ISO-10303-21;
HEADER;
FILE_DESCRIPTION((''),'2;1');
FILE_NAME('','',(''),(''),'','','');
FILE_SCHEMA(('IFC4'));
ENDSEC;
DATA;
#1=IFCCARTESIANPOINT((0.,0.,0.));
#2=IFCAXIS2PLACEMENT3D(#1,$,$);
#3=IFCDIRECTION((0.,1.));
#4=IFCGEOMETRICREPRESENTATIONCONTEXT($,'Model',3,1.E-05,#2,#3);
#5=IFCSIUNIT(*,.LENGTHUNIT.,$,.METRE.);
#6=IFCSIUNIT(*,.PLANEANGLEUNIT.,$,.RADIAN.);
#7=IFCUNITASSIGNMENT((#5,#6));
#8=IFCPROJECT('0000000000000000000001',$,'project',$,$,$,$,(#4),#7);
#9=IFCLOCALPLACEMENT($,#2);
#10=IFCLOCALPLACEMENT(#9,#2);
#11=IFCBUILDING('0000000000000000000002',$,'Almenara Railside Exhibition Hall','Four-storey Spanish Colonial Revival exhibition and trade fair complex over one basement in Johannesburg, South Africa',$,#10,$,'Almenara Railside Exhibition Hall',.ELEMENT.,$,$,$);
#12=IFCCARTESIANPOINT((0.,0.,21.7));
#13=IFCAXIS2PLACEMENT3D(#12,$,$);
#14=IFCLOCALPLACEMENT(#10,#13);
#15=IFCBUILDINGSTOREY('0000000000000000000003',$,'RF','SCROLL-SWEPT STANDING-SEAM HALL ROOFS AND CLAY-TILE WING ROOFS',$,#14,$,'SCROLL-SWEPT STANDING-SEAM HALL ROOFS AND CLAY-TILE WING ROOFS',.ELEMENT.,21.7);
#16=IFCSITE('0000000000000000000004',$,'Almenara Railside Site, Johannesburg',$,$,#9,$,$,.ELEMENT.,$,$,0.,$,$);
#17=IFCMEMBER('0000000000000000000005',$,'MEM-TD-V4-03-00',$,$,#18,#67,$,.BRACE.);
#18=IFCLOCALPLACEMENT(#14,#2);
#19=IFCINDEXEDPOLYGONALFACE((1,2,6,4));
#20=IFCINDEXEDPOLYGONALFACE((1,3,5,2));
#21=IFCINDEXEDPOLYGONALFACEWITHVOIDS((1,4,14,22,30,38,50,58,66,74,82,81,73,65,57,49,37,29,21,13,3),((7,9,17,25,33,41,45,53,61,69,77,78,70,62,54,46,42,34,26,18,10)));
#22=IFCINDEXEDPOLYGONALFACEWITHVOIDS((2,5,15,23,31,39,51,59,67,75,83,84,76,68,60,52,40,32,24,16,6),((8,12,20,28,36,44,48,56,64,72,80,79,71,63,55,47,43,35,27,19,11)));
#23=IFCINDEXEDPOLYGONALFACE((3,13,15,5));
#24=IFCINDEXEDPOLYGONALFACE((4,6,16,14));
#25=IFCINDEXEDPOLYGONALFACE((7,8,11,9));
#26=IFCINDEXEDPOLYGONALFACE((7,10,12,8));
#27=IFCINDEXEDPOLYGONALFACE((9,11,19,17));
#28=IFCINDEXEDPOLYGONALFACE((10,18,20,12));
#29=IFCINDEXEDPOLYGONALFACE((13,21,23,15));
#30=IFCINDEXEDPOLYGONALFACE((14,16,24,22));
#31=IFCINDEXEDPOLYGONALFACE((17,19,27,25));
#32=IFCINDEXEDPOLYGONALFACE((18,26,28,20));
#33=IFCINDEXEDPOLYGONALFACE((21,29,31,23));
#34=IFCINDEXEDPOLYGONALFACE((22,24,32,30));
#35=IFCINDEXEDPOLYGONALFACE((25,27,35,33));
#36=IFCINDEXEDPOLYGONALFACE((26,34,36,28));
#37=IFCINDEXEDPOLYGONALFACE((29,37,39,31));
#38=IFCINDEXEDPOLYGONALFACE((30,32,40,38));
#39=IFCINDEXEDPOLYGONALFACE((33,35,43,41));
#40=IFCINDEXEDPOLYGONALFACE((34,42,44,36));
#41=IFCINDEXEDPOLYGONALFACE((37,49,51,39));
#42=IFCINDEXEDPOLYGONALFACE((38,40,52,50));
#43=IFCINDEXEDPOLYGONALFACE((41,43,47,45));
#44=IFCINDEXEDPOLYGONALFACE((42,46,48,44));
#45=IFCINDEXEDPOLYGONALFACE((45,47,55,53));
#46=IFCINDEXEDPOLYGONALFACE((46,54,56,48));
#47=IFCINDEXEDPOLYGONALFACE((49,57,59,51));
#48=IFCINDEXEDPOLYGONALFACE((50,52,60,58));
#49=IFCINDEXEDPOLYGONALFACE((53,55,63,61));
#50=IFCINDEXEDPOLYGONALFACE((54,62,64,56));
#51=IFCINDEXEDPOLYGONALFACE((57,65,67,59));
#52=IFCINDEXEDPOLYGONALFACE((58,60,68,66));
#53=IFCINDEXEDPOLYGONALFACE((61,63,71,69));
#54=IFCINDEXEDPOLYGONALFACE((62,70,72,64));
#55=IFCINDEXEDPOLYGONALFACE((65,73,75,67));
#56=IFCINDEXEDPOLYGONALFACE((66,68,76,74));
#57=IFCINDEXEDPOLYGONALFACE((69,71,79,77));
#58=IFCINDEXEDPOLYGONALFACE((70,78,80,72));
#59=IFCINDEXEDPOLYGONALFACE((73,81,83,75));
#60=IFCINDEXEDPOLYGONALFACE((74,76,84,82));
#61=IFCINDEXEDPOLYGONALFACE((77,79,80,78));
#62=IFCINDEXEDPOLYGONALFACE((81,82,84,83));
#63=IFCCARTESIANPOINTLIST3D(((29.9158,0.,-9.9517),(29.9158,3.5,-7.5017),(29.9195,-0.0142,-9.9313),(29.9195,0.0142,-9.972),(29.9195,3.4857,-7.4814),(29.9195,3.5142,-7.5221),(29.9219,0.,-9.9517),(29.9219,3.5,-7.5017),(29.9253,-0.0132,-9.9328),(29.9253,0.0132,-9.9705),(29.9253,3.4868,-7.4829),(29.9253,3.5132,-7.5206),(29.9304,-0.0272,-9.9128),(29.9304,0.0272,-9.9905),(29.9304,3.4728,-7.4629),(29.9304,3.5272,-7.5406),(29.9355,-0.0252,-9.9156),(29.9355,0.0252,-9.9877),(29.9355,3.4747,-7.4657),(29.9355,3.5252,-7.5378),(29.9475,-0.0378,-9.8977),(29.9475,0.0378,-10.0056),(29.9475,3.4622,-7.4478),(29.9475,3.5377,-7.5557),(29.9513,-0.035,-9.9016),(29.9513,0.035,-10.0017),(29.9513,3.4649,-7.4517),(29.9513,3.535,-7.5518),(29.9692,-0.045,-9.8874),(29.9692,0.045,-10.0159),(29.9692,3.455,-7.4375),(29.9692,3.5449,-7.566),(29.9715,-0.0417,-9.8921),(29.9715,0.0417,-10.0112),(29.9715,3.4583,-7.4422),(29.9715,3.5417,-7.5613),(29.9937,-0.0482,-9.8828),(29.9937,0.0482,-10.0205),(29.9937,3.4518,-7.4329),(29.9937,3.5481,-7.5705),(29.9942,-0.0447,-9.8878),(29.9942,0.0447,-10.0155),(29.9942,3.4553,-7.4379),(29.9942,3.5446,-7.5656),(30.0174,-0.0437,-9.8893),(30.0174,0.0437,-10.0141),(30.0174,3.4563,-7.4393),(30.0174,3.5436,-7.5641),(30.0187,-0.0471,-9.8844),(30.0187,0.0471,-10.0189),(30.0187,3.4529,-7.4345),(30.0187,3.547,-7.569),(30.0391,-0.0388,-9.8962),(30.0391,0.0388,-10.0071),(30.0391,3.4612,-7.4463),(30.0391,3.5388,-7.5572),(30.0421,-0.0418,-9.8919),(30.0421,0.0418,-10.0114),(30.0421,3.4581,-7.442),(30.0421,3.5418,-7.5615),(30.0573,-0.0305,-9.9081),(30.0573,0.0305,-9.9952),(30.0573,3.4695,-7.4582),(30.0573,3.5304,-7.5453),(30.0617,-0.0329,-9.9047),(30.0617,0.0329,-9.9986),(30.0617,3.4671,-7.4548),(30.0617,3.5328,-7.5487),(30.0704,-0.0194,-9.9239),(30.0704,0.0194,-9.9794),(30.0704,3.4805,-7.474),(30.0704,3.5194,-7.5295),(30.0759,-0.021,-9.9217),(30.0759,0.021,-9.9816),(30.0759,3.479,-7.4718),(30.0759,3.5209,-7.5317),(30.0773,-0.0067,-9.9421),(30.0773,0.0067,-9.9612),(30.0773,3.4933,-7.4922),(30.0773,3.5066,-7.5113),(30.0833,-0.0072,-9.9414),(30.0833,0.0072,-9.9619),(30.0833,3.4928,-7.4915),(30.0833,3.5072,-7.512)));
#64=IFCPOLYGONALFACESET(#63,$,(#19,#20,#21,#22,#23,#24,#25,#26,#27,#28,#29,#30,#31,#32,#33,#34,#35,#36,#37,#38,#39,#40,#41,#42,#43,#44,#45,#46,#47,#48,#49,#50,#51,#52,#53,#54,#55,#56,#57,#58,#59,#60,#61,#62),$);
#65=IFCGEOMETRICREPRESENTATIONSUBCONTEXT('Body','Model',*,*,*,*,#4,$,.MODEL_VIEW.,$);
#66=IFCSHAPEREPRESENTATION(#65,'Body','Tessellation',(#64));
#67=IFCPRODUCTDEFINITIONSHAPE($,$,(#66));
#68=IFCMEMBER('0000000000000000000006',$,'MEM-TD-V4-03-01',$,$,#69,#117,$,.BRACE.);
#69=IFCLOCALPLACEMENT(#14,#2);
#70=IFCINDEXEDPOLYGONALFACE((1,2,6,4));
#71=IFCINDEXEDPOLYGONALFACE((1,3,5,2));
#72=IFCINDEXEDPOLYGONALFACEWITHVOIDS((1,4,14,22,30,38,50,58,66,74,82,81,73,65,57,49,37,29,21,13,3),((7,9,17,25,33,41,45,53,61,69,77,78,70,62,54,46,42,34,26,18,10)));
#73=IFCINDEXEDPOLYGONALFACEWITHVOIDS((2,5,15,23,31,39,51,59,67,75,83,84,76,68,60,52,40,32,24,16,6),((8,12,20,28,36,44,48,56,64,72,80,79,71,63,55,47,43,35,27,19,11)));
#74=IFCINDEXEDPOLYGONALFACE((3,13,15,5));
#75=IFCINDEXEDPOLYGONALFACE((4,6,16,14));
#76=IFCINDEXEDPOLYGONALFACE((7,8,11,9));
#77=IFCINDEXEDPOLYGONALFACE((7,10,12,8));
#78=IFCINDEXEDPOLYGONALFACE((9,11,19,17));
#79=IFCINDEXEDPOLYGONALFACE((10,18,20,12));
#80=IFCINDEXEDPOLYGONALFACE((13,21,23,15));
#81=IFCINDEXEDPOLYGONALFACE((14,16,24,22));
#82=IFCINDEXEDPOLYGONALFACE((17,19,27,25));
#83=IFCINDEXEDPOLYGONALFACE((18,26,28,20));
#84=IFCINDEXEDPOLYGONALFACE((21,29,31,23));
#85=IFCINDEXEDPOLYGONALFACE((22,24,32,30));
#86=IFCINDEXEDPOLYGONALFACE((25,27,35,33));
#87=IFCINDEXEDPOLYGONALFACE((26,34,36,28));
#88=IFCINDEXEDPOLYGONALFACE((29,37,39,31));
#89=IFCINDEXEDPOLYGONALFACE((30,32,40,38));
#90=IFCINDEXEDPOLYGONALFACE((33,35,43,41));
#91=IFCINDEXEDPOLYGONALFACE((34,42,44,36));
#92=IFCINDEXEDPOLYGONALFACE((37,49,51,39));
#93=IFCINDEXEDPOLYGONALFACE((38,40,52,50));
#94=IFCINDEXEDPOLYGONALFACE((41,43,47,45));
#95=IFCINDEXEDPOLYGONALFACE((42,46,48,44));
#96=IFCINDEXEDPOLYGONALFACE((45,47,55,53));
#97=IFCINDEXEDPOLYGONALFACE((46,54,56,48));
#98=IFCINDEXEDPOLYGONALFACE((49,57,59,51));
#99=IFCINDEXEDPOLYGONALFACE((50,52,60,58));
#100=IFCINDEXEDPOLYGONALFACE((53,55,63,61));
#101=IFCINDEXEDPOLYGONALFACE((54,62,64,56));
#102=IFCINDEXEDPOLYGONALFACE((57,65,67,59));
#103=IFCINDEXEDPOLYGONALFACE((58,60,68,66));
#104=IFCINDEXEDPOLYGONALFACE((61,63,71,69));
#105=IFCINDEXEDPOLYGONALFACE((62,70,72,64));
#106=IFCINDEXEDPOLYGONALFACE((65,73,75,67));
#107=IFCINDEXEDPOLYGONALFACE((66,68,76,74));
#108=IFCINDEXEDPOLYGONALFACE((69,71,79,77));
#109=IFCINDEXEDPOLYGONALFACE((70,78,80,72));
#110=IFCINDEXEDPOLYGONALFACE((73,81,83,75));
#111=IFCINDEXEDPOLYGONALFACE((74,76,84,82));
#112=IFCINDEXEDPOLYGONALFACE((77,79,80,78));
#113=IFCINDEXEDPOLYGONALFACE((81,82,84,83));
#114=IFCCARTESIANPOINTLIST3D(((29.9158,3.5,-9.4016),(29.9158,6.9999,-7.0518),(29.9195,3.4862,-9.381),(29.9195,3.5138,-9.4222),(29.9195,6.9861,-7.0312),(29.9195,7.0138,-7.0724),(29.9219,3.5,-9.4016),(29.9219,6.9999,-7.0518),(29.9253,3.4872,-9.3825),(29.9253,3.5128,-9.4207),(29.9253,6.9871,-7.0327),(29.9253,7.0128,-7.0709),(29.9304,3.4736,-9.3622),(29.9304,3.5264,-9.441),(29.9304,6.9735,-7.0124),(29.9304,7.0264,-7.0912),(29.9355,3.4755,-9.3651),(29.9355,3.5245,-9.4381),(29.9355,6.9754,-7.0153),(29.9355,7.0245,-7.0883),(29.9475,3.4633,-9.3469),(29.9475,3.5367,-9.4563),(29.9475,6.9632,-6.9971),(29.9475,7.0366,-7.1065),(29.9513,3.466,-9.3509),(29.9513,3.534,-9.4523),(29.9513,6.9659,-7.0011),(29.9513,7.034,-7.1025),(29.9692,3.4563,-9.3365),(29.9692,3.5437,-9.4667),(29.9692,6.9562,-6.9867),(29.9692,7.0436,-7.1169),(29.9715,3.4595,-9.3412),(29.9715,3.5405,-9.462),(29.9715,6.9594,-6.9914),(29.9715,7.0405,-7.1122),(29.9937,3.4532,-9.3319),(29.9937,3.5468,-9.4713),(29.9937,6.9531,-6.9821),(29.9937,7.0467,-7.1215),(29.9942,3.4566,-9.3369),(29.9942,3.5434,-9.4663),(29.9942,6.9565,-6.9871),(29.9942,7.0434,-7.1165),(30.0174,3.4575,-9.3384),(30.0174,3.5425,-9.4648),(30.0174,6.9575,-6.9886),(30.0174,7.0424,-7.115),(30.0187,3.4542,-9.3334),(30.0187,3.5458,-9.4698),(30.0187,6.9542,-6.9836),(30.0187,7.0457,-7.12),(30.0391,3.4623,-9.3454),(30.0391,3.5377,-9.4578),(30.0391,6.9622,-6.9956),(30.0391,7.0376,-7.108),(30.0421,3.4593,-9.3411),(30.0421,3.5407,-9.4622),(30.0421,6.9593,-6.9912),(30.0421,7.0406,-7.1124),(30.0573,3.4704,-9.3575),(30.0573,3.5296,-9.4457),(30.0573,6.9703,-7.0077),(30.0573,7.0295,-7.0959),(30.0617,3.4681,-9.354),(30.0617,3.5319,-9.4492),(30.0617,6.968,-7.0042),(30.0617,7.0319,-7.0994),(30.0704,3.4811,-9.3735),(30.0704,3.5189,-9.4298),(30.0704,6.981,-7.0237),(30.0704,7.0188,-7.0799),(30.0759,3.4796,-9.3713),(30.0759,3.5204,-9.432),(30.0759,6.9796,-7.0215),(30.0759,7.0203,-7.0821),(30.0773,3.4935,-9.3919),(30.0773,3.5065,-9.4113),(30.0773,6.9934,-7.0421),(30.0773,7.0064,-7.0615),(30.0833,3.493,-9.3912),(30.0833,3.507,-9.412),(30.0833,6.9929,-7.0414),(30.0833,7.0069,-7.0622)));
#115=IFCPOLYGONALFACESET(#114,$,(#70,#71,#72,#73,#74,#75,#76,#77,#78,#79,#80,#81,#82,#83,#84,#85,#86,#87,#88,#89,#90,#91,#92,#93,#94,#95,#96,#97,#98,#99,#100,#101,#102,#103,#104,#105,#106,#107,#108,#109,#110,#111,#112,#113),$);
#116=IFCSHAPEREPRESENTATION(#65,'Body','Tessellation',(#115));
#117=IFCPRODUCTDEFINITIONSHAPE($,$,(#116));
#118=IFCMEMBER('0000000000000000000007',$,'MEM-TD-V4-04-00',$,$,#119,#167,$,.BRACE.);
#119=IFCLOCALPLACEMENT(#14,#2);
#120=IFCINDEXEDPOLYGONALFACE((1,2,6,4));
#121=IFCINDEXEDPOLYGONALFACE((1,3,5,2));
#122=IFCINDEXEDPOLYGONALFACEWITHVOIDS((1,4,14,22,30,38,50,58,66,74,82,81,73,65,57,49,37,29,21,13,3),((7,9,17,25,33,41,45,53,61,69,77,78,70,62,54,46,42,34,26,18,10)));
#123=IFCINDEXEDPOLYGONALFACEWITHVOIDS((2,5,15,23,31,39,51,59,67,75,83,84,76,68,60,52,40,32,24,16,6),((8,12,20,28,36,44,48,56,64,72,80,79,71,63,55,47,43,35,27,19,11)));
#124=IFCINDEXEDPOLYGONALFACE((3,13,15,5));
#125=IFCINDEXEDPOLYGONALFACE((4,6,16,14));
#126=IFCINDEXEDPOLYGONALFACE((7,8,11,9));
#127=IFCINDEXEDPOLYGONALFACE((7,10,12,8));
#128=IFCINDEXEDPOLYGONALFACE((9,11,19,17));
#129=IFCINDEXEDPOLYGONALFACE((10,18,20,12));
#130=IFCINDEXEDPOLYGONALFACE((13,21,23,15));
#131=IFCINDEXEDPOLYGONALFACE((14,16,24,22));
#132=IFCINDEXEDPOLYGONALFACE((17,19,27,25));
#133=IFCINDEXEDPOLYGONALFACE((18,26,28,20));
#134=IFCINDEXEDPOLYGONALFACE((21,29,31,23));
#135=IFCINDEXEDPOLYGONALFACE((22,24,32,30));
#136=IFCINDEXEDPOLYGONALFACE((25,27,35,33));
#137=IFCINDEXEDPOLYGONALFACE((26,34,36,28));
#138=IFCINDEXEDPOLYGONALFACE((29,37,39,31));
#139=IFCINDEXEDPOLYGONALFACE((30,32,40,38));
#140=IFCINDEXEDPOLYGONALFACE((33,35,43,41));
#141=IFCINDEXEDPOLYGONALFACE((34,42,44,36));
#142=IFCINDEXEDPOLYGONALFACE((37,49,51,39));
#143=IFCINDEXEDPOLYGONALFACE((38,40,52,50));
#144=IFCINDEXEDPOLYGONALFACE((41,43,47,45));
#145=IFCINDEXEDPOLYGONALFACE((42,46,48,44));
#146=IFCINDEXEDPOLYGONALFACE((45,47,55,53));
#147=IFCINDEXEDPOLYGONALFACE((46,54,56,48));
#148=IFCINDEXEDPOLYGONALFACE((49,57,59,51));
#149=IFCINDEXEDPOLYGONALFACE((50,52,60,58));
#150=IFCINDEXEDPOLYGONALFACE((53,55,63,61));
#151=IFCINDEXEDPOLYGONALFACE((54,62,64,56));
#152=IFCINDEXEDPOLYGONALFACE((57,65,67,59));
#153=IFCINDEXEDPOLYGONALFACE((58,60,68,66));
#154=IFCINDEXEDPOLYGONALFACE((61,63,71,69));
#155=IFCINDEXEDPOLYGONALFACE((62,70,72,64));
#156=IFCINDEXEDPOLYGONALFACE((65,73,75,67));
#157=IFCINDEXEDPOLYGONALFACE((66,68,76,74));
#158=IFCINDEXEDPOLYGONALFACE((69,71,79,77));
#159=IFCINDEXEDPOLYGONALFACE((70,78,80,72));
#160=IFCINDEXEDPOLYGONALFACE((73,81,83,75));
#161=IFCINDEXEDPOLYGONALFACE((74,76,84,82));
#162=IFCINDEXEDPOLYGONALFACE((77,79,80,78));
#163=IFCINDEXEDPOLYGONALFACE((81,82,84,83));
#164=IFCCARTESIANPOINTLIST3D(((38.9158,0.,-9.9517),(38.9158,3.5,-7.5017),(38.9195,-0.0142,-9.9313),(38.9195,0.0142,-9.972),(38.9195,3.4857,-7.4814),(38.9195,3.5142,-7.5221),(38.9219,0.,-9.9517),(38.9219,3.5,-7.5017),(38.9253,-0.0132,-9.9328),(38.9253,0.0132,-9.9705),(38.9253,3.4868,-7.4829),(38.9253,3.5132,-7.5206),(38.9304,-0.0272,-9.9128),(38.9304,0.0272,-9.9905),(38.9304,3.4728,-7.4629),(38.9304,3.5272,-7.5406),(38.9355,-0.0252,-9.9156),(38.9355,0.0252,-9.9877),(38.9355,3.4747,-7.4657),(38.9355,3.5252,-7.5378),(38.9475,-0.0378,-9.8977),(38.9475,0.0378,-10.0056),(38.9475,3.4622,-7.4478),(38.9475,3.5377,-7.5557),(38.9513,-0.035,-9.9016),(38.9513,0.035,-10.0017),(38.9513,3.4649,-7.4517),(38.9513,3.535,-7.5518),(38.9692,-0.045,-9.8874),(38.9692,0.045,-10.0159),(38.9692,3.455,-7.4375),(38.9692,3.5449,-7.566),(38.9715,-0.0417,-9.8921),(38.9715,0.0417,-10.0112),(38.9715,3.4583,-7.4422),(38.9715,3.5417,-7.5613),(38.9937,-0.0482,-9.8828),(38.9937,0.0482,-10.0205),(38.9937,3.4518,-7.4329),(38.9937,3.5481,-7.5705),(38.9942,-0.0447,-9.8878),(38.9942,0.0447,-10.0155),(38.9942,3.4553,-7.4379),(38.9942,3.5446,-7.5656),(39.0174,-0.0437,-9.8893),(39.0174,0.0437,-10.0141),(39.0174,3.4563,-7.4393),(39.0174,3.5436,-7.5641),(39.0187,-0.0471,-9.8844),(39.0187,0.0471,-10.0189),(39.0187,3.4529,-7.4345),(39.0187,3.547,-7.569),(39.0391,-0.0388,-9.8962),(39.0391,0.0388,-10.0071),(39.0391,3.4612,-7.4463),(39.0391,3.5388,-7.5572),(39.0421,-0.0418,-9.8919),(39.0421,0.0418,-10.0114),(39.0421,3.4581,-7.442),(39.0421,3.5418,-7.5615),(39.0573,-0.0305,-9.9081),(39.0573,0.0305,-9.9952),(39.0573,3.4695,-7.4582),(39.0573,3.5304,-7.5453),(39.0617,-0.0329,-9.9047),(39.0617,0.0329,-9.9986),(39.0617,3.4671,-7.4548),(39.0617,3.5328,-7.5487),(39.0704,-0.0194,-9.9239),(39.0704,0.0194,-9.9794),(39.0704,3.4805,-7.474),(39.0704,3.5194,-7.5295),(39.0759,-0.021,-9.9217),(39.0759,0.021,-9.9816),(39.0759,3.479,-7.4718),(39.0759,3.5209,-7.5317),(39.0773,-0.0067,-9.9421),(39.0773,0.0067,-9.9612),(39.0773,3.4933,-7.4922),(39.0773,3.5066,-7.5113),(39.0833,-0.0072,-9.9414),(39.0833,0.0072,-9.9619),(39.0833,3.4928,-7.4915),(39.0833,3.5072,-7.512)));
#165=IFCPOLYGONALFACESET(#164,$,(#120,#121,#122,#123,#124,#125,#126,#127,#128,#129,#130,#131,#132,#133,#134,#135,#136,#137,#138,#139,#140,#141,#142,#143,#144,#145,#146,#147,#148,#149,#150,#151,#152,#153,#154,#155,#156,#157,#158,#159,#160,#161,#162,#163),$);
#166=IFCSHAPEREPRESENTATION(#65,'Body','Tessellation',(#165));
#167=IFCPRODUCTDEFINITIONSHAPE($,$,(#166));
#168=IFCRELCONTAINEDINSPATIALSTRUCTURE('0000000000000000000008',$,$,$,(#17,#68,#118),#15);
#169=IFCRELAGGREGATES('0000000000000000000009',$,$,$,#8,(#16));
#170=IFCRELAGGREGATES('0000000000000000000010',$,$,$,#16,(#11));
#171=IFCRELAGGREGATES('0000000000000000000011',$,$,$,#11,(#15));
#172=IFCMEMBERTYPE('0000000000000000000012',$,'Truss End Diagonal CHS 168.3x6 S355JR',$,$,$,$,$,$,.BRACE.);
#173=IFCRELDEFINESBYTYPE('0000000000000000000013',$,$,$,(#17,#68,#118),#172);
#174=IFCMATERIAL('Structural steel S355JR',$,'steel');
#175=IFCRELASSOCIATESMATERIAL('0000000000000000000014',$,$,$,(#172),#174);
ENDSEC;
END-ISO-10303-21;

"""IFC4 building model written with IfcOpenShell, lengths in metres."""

from ifc_helpers import new_model, si_unit, direction, frame, origin, origin_2d, place, context, subcontext, project, spatial, hollow_circle, extrude, material, material_profile, profile_set, type_object, element, save


model = new_model("IFC4")

# Units and contexts
model_context = context("Model", 3, precision=1e-05, world=origin(), true_north=direction((0.0, 1.0)))
body_context = subcontext(model_context, "Body", "Model", "MODEL_VIEW")
ifc_project = project(units=[si_unit("LENGTHUNIT", "METRE"), si_unit("PLANEANGLEUNIT", "RADIAN")], contexts=[model_context])

# Site, building, storey
site_placement = place(None, origin())
site = spatial("IfcSite", under=ifc_project, at=site_placement, Name="Almenara Railside Site, Johannesburg", CompositionType="ELEMENT", RefElevation=0.0)
building_placement = place(site_placement, origin())
building = spatial("IfcBuilding", under=site, at=building_placement, Name="Almenara Railside Exhibition Hall", Description="Four-storey Spanish Colonial Revival exhibition and trade fair complex over one basement in Johannesburg, South Africa", LongName="Almenara Railside Exhibition Hall", CompositionType="ELEMENT")
storey_placement = place(building_placement, frame((0.0, 0.0, 21.7)))
storey = spatial("IfcBuildingStorey", under=building, at=storey_placement, Name="RF", Description="SCROLL-SWEPT STANDING-SEAM HALL ROOFS AND CLAY-TILE WING ROOFS", LongName="SCROLL-SWEPT STANDING-SEAM HALL ROOFS AND CLAY-TILE WING ROOFS", CompositionType="ELEMENT", Elevation=21.7)

# Shared definitions
ifc_material = material(Name="Structural steel S355JR", Category="steel")

# Members
ifc_material_profile_1 = material_profile(ifc_material, hollow_circle(Radius=0.0842, WallThickness=0.0061, at=origin_2d()), Name="CHS 168.3x6")
ifc_profile_set_1 = profile_set([ifc_material_profile_1], Name="Structural steel S355JR")
member_type_1 = type_object("IfcMemberType", Name="Truss End Diagonal CHS 168.3x6 S355JR", PredefinedType="BRACE", material=ifc_profile_set_1)
member_1_placement = place(storey_placement, frame((30.0, 0.0, -9.9517), z_axis=(0.0, 0.819237, 0.573455), x_axis=(-1.0, 0.0, 0.0)))
element("IfcMember", 1, at=member_1_placement, inside=storey, type_object=member_type_1, Name="MEM-TD-V4-03-00", PredefinedType="BRACE", context=body_context, shape_type="SweptSolid", body=[
    extrude(hollow_circle(Radius=0.0842, WallThickness=0.0061, at=origin_2d()), origin(), (0.0, 0.0, 1.0), 4.2722),
])
member_2_placement = place(storey_placement, frame((30.0, 3.5, -9.4016), z_axis=(0.0, 0.830237, 0.55741), x_axis=(-1.0, 0.0, 0.0)))
element("IfcMember", 2, at=member_2_placement, inside=storey, type_object=member_type_1, Name="MEM-TD-V4-03-01", PredefinedType="BRACE", context=body_context, shape_type="SweptSolid", body=[
    extrude(hollow_circle(Radius=0.0842, WallThickness=0.0061, at=origin_2d()), origin(), (0.0, 0.0, 1.0), 4.2156),
])
member_3_placement = place(storey_placement, frame((39.0, 0.0, -9.9517), z_axis=(0.0, 0.819237, 0.573455), x_axis=(-1.0, 0.0, 0.0)))
element("IfcMember", 3, at=member_3_placement, inside=storey, type_object=member_type_1, Name="MEM-TD-V4-04-00", PredefinedType="BRACE", context=body_context, shape_type="SweptSolid", body=[
    extrude(hollow_circle(Radius=0.0842, WallThickness=0.0061, at=origin_2d()), origin(), (0.0, 0.0, 1.0), 4.2722),
])

save(model, "model.ifc")
